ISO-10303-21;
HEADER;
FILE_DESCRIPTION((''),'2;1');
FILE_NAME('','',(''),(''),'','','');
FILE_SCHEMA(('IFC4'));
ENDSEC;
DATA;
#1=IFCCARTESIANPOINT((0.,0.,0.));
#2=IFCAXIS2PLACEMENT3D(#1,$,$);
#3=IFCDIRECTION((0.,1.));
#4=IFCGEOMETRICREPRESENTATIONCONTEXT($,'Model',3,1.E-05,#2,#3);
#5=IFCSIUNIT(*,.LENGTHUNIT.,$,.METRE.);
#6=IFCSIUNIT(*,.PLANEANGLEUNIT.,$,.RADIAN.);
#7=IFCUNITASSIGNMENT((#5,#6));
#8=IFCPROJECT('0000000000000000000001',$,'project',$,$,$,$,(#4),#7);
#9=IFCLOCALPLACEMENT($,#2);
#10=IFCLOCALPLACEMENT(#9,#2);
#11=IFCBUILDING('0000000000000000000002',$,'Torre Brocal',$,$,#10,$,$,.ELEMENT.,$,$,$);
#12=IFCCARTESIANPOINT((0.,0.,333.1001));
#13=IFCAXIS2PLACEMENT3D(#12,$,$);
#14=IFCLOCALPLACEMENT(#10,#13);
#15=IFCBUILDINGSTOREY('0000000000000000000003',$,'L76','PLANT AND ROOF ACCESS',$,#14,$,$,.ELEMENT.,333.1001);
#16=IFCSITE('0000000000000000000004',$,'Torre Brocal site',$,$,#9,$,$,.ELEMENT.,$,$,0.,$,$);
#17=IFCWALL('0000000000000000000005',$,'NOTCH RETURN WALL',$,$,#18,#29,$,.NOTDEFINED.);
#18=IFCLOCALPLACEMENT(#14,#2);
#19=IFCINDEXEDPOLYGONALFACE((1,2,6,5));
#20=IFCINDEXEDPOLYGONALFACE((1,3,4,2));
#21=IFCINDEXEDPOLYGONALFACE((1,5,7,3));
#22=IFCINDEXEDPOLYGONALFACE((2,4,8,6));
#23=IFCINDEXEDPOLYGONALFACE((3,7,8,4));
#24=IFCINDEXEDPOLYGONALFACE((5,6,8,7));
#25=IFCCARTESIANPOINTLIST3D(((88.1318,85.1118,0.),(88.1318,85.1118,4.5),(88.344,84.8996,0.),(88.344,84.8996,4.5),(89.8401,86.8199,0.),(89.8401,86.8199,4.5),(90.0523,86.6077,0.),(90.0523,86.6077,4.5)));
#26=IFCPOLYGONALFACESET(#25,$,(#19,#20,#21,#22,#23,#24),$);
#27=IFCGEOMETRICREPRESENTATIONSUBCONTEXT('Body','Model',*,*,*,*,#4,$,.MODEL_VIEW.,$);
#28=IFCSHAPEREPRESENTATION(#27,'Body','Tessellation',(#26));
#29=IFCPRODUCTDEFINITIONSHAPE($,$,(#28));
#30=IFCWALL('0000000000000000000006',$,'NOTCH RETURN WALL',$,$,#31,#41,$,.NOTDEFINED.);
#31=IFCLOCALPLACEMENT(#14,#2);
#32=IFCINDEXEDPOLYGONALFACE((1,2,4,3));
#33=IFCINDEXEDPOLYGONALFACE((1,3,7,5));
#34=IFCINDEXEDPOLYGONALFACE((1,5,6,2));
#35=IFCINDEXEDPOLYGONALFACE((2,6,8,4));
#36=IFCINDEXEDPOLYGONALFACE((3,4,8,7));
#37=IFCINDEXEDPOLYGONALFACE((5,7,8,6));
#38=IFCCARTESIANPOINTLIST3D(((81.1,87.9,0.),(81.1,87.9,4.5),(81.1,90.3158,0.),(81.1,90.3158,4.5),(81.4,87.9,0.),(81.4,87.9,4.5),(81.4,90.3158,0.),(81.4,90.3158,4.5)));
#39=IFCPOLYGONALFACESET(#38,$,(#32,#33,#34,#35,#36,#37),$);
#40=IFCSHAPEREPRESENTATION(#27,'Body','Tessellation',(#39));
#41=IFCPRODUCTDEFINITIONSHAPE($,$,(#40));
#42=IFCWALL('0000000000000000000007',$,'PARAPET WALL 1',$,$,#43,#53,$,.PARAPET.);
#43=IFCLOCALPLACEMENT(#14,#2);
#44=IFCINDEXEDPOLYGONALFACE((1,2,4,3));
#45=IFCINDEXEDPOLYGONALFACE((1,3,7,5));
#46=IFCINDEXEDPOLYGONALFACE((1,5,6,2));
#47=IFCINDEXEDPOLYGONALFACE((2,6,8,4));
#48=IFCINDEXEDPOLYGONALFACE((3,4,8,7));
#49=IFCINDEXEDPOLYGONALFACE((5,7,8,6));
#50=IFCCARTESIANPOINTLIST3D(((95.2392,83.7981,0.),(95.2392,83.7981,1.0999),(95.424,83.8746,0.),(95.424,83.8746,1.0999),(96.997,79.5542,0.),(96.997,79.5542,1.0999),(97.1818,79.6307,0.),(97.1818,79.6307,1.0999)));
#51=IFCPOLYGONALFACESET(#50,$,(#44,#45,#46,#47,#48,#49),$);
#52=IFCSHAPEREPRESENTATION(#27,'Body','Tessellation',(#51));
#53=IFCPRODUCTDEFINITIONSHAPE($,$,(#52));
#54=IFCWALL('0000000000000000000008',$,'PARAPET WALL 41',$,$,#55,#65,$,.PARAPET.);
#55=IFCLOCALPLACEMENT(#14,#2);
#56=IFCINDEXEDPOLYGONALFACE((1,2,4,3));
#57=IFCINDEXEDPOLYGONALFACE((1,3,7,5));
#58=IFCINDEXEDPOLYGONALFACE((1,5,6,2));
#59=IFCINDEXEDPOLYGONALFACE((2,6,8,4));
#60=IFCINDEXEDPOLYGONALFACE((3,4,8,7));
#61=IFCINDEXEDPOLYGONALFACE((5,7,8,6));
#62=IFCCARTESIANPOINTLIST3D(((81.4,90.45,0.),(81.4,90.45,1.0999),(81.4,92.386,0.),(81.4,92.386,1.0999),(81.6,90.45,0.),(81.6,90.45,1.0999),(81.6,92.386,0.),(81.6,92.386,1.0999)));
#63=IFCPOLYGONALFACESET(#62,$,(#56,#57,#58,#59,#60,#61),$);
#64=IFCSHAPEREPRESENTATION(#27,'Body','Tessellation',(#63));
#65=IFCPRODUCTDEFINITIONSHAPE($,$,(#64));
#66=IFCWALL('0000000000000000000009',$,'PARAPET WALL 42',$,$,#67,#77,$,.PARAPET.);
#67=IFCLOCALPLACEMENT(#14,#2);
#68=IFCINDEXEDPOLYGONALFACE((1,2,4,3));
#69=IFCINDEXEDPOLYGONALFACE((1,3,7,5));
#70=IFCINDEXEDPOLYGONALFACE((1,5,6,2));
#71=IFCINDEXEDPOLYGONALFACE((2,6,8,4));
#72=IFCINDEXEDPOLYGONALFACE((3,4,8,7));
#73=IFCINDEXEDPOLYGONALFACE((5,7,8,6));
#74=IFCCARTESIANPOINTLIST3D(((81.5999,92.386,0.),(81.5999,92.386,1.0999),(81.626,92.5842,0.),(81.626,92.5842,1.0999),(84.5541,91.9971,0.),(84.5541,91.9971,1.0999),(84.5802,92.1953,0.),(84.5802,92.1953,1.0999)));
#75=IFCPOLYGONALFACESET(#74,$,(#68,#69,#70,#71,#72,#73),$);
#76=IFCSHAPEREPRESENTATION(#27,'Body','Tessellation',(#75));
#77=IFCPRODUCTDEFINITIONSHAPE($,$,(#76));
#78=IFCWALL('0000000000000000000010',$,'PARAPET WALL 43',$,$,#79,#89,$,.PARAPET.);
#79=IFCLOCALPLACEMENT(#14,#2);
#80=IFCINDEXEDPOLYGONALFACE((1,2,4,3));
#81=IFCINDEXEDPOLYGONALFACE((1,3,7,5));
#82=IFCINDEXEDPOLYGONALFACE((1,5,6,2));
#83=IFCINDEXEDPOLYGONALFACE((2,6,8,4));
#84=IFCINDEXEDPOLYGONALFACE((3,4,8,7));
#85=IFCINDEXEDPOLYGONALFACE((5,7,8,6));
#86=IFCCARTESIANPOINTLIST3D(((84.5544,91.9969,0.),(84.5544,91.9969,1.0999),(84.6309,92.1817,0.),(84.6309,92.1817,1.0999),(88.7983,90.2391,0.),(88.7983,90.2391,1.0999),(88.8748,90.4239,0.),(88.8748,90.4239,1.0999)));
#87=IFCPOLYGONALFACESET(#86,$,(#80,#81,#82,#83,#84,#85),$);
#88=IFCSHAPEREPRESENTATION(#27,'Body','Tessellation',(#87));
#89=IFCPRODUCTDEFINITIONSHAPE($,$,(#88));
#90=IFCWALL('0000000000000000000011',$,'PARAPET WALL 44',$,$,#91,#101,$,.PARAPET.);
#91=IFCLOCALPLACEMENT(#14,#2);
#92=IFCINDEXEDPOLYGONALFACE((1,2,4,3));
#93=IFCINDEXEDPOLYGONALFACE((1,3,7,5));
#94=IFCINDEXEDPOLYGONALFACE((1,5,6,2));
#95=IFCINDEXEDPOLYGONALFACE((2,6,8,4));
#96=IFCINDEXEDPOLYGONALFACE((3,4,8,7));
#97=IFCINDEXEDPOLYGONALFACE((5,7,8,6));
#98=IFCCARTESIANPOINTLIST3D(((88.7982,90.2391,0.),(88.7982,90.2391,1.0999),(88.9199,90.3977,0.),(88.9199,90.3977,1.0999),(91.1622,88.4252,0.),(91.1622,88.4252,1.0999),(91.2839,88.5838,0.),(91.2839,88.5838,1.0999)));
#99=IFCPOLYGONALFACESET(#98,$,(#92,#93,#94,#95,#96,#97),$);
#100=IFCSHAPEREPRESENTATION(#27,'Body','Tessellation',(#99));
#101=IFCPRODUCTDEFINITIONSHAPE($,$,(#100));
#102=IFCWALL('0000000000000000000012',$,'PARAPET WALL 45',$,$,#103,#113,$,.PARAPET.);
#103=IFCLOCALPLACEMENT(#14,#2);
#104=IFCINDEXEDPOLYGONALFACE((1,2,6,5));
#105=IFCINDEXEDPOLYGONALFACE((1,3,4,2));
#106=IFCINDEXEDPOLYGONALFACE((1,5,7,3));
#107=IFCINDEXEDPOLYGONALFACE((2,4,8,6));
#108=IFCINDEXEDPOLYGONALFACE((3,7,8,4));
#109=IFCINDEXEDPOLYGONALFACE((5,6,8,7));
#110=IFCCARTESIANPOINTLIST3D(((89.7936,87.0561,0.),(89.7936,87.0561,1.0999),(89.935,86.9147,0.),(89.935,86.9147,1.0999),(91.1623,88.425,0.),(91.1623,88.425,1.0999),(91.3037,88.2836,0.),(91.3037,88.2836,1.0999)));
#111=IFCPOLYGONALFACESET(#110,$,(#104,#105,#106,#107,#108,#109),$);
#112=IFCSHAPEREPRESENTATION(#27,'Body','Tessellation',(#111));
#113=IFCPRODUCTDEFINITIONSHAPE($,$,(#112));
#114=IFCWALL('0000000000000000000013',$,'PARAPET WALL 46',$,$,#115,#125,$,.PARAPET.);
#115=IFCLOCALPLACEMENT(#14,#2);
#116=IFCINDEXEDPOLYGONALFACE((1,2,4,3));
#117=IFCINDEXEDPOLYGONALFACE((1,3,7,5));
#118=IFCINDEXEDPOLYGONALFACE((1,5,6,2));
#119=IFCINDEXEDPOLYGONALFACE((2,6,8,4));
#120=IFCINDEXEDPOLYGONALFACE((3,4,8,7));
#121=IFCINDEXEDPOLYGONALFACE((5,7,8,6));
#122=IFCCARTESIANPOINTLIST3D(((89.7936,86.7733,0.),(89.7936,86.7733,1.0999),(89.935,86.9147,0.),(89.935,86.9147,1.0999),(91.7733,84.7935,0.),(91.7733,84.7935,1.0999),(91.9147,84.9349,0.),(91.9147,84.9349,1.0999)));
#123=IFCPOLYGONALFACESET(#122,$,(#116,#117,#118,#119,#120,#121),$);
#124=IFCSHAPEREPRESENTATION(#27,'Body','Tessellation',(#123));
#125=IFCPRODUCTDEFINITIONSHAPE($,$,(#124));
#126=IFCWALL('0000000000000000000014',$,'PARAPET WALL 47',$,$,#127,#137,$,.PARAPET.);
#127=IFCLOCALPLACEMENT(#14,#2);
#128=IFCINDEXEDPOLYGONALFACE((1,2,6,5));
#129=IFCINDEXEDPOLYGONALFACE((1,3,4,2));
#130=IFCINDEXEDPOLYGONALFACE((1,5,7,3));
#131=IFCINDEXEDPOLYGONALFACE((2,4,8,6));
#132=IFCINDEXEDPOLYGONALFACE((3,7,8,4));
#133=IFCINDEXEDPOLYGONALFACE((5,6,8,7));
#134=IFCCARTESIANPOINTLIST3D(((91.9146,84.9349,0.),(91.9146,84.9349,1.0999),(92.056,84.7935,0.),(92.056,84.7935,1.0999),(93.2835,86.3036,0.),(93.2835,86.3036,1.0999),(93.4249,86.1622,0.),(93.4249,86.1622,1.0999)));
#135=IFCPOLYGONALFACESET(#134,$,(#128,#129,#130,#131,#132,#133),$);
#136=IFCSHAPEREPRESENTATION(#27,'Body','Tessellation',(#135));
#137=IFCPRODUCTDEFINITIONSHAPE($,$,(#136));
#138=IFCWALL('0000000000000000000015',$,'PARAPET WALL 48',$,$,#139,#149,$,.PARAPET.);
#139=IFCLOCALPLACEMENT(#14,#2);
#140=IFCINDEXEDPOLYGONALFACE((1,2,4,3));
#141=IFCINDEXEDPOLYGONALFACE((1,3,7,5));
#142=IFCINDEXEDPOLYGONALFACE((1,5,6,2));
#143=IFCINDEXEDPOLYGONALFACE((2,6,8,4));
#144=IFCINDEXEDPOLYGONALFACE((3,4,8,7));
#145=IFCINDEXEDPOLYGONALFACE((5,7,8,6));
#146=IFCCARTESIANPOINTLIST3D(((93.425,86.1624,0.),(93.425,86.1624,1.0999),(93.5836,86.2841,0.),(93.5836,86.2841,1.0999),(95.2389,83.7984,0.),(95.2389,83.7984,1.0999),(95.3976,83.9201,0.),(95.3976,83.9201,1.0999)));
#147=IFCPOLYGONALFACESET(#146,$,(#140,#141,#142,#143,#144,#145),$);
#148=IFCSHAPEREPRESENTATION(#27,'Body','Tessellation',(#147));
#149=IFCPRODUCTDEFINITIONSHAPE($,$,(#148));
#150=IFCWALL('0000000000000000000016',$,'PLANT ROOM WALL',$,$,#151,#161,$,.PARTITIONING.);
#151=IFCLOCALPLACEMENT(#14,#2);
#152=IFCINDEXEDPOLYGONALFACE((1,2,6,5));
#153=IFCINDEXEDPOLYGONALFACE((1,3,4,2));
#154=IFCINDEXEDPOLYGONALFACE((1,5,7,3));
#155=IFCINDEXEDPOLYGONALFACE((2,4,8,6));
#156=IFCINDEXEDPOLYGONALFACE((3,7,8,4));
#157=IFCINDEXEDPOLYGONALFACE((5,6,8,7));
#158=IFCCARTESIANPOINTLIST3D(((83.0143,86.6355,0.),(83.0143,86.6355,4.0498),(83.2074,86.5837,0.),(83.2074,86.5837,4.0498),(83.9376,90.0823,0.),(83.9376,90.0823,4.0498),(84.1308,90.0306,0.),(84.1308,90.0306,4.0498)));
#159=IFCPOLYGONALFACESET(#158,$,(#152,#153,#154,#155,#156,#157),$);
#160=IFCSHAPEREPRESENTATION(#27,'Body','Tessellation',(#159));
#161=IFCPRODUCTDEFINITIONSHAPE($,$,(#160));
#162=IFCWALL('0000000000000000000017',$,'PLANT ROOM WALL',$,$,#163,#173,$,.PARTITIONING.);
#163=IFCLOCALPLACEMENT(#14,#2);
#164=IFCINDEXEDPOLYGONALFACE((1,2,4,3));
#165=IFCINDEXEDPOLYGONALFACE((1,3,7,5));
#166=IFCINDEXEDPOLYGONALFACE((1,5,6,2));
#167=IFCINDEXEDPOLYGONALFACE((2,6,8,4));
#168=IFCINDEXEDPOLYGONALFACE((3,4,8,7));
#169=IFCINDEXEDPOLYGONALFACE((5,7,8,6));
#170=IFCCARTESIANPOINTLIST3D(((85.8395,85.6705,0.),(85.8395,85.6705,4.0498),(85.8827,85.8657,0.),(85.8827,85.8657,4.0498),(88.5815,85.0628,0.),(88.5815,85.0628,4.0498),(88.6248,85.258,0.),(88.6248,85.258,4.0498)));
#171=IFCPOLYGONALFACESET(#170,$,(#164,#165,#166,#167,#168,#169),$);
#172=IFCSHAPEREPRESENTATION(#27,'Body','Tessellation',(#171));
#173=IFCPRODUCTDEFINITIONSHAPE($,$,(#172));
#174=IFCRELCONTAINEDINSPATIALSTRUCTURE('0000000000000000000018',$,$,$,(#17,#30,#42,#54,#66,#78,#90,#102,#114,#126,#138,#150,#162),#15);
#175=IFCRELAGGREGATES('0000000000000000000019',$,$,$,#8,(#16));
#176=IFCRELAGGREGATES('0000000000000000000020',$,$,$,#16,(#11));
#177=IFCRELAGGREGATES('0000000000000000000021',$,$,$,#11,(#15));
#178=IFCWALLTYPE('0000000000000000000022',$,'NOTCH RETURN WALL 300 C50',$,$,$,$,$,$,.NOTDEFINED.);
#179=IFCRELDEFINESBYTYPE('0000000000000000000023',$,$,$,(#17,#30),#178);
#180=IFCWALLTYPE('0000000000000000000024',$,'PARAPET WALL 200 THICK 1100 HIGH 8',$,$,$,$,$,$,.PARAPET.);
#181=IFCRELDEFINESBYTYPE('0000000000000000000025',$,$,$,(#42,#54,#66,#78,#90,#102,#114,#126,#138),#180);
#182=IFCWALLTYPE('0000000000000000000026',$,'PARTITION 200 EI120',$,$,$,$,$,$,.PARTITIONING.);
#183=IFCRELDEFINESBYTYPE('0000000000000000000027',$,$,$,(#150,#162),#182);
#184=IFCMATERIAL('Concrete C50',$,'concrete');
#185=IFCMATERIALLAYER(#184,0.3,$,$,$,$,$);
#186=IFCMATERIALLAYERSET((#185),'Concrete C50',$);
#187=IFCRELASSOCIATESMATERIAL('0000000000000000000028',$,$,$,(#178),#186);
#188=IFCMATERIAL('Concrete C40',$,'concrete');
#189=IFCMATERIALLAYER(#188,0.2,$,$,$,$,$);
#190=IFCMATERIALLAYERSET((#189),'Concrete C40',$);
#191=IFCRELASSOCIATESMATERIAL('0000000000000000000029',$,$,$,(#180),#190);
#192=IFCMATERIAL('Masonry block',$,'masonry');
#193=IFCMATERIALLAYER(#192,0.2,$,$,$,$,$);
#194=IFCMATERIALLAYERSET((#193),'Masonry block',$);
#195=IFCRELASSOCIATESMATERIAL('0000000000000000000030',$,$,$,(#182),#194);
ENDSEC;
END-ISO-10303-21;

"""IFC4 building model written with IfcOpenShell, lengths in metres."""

from ifc_helpers import new_model, si_unit, direction, frame, frame_2d, origin, place, context, subcontext, project, spatial, rectangle, extrude, material, layer, layer_set, type_object, element, save


model = new_model("IFC4")

# Units and contexts
model_context = context("Model", 3, precision=1e-05, world=origin(), true_north=direction((0.0, 1.0)))
body_context = subcontext(model_context, "Body", "Model", "MODEL_VIEW")
ifc_project = project(units=[si_unit("LENGTHUNIT", "METRE"), si_unit("PLANEANGLEUNIT", "RADIAN")], contexts=[model_context])

# Site, building, storey
site_placement = place(None, origin())
site = spatial("IfcSite", under=ifc_project, at=site_placement, Name="Torre Brocal site", CompositionType="ELEMENT", RefElevation=0.0)
building_placement = place(site_placement, origin())
building = spatial("IfcBuilding", under=site, at=building_placement, Name="Torre Brocal", CompositionType="ELEMENT")
storey_placement = place(building_placement, frame((0.0, 0.0, 333.1001)))
storey = spatial("IfcBuildingStorey", under=building, at=storey_placement, Name="L76", Description="PLANT AND ROOF ACCESS", CompositionType="ELEMENT", Elevation=333.1001)

# Walls
ifc_material_1 = material(Name="Concrete C50", Category="concrete")
ifc_layer_1 = layer(ifc_material_1, 0.3)
ifc_layer_set_1 = layer_set([ifc_layer_1], Name="Concrete C50")
wall_type_1 = type_object("IfcWallType", Name="NOTCH RETURN WALL 300 C50", PredefinedType="NOTDEFINED", material=ifc_layer_set_1)
for number, where, z_axis, x_axis, name in (
    (1, (88.2378, 85.0056, 0.0), (0.0, 0.0, 1.0), (0.707157, 0.707056, 0.0), "NOTCH RETURN WALL"),
    (2, (81.25, 87.8999, 0.0), (0.0, 0.0, 1.0), (0.0, 1.0, 0.0), "NOTCH RETURN WALL"),
):
    element("IfcWall", number, at=place(storey_placement, frame(where, z_axis=z_axis, x_axis=x_axis)), inside=storey, type_object=wall_type_1, Name=name, PredefinedType="NOTDEFINED", context=body_context, shape_type="SweptSolid", body=[
        extrude(rectangle(XDim=2.4158, YDim=0.3, at=frame_2d((1.208, 0.0))), origin(), (0.0, 0.0, 1.0), 4.5),
    ])
ifc_material_2 = material(Name="Concrete C40", Category="concrete")
ifc_layer_2 = layer(ifc_material_2, 0.2)
ifc_layer_set_2 = layer_set([ifc_layer_2], Name="Concrete C40")
wall_type_2 = type_object("IfcWallType", Name="PARAPET WALL 200 THICK 1100 HIGH 8", PredefinedType="PARAPET", material=ifc_layer_set_2)
wall_1_placement = place(storey_placement, frame((95.3315, 83.8364, 0.0), z_axis=(0.0, 0.0, 1.0), x_axis=(0.382671, -0.923885, 0.0)))
element("IfcWall", 3, at=wall_1_placement, inside=storey, type_object=wall_type_2, Name="PARAPET WALL 1", PredefinedType="PARAPET", context=body_context, shape_type="SweptSolid", body=[
    extrude(rectangle(XDim=4.5935, YDim=0.2, at=frame_2d((2.2969, 0.0))), origin(), (0.0, 0.0, 1.0), 1.0999),
])
wall_2_placement = place(storey_placement, frame((81.5, 90.45, 0.0), z_axis=(0.0, 0.0, 1.0), x_axis=(0.0, 1.0, 0.0)))
element("IfcWall", 4, at=wall_2_placement, inside=storey, type_object=wall_type_2, Name="PARAPET WALL 41", PredefinedType="PARAPET", context=body_context, shape_type="SweptSolid", body=[
    extrude(rectangle(XDim=1.936, YDim=0.2, at=frame_2d((0.968, 0.0))), origin(), (0.0, 0.0, 1.0), 1.0999),
])
wall_3_placement = place(storey_placement, frame((81.613, 92.4851, 0.0), z_axis=(0.0, 0.0, 1.0), x_axis=(0.991446, -0.130516, 0.0)))
element("IfcWall", 5, at=wall_3_placement, inside=storey, type_object=wall_type_2, Name="PARAPET WALL 42", PredefinedType="PARAPET", context=body_context, shape_type="SweptSolid", body=[
    extrude(rectangle(XDim=2.9797, YDim=0.2, at=frame_2d((1.4897, 0.0))), origin(), (0.0, 0.0, 1.0), 1.0999),
])
wall_4_placement = place(storey_placement, frame((84.5925, 92.0894, 0.0), z_axis=(0.0, 0.0, 1.0), x_axis=(0.923885, -0.382671, 0.0)))
element("IfcWall", 6, at=wall_4_placement, inside=storey, type_object=wall_type_2, Name="PARAPET WALL 43", PredefinedType="PARAPET", context=body_context, shape_type="SweptSolid", body=[
    extrude(rectangle(XDim=4.5935, YDim=0.2, at=frame_2d((2.2969, 0.0))), origin(), (0.0, 0.0, 1.0), 1.0999),
])
wall_5_placement = place(storey_placement, frame((88.8591, 90.3184, 0.0), z_axis=(0.0, 0.0, 1.0), x_axis=(0.793354, -0.60876, 0.0)))
element("IfcWall", 7, at=wall_5_placement, inside=storey, type_object=wall_type_2, Name="PARAPET WALL 44", PredefinedType="PARAPET", context=body_context, shape_type="SweptSolid", body=[
    extrude(rectangle(XDim=2.9797, YDim=0.2, at=frame_2d((1.4897, 0.0))), origin(), (0.0, 0.0, 1.0), 1.0999),
])
wall_6_placement = place(storey_placement, frame((91.2329, 88.3542, 0.0), z_axis=(0.0, 0.0, 1.0), x_axis=(-0.707044, -0.70717, 0.0)))
element("IfcWall", 8, at=wall_6_placement, inside=storey, type_object=wall_type_2, Name="PARAPET WALL 45", PredefinedType="PARAPET", context=body_context, shape_type="SweptSolid", body=[
    extrude(rectangle(XDim=1.9358, YDim=0.2, at=frame_2d((0.9678, 0.0))), origin(), (0.0, 0.0, 1.0), 1.0999),
])
wall_7_placement = place(storey_placement, frame((89.8643, 86.844, 0.0), z_axis=(0.0, 0.0, 1.0), x_axis=(0.707107, -0.707107, 0.0)))
element("IfcWall", 9, at=wall_7_placement, inside=storey, type_object=wall_type_2, Name="PARAPET WALL 46", PredefinedType="PARAPET", context=body_context, shape_type="SweptSolid", body=[
    extrude(rectangle(XDim=2.7998, YDim=0.2, at=frame_2d((1.3999, 0.0))), origin(), (0.0, 0.0, 1.0), 1.0999),
])
wall_8_placement = place(storey_placement, frame((91.9854, 84.8643, 0.0), z_axis=(0.0, 0.0, 1.0), x_axis=(0.70717, 0.707044, 0.0)))
element("IfcWall", 10, at=wall_8_placement, inside=storey, type_object=wall_type_2, Name="PARAPET WALL 47", PredefinedType="PARAPET", context=body_context, shape_type="SweptSolid", body=[
    extrude(rectangle(XDim=1.9358, YDim=0.2, at=frame_2d((0.9678, 0.0))), origin(), (0.0, 0.0, 1.0), 1.0999),
])
wall_9_placement = place(storey_placement, frame((93.5044, 86.2231, 0.0), z_axis=(0.0, 0.0, 1.0), x_axis=(0.60876, -0.793354, 0.0)))
element("IfcWall", 11, at=wall_9_placement, inside=storey, type_object=wall_type_2, Name="PARAPET WALL 48", PredefinedType="PARAPET", context=body_context, shape_type="SweptSolid", body=[
    extrude(rectangle(XDim=2.9797, YDim=0.2, at=frame_2d((1.4897, 0.0))), origin(), (0.0, 0.0, 1.0), 1.0999),
])

# Shared definitions
ifc_material_3 = material(Name="Masonry block", Category="masonry")
ifc_layer_3 = layer(ifc_material_3, 0.2)
ifc_layer_set_3 = layer_set([ifc_layer_3], Name="Masonry block")
wall_type_3 = type_object("IfcWallType", Name="PARTITION 200 EI120", PredefinedType="PARTITIONING", material=ifc_layer_set_3)

# Wall
wall_10_placement = place(storey_placement, frame((83.1108, 86.6096, 0.0), z_axis=(0.0, 0.0, 1.0), x_axis=(0.258761, 0.965941, 0.0)))
element("IfcWall", 12, at=wall_10_placement, inside=storey, type_object=wall_type_3, Name="PLANT ROOM WALL", PredefinedType="PARTITIONING", context=body_context, shape_type="SweptSolid", body=[
    extrude(rectangle(XDim=3.5684, YDim=0.2, at=frame_2d((1.7842, 0.0))), origin(), (0.0, 0.0, 1.0), 4.0498),
])

# Wall
wall_11_placement = place(storey_placement, frame((85.8611, 85.7681, 0.0), z_axis=(0.0, 0.0, 1.0), x_axis=(0.976316, -0.216351, 0.0)))
element("IfcWall", 13, at=wall_11_placement, inside=storey, type_object=wall_type_3, Name="PLANT ROOM WALL", PredefinedType="PARTITIONING", context=body_context, shape_type="SweptSolid", body=[
    extrude(rectangle(XDim=2.8086, YDim=0.2, at=frame_2d((1.4043, 0.0))), origin(), (0.0, 0.0, 1.0), 4.0498),
])

save(model, "model.ifc")
